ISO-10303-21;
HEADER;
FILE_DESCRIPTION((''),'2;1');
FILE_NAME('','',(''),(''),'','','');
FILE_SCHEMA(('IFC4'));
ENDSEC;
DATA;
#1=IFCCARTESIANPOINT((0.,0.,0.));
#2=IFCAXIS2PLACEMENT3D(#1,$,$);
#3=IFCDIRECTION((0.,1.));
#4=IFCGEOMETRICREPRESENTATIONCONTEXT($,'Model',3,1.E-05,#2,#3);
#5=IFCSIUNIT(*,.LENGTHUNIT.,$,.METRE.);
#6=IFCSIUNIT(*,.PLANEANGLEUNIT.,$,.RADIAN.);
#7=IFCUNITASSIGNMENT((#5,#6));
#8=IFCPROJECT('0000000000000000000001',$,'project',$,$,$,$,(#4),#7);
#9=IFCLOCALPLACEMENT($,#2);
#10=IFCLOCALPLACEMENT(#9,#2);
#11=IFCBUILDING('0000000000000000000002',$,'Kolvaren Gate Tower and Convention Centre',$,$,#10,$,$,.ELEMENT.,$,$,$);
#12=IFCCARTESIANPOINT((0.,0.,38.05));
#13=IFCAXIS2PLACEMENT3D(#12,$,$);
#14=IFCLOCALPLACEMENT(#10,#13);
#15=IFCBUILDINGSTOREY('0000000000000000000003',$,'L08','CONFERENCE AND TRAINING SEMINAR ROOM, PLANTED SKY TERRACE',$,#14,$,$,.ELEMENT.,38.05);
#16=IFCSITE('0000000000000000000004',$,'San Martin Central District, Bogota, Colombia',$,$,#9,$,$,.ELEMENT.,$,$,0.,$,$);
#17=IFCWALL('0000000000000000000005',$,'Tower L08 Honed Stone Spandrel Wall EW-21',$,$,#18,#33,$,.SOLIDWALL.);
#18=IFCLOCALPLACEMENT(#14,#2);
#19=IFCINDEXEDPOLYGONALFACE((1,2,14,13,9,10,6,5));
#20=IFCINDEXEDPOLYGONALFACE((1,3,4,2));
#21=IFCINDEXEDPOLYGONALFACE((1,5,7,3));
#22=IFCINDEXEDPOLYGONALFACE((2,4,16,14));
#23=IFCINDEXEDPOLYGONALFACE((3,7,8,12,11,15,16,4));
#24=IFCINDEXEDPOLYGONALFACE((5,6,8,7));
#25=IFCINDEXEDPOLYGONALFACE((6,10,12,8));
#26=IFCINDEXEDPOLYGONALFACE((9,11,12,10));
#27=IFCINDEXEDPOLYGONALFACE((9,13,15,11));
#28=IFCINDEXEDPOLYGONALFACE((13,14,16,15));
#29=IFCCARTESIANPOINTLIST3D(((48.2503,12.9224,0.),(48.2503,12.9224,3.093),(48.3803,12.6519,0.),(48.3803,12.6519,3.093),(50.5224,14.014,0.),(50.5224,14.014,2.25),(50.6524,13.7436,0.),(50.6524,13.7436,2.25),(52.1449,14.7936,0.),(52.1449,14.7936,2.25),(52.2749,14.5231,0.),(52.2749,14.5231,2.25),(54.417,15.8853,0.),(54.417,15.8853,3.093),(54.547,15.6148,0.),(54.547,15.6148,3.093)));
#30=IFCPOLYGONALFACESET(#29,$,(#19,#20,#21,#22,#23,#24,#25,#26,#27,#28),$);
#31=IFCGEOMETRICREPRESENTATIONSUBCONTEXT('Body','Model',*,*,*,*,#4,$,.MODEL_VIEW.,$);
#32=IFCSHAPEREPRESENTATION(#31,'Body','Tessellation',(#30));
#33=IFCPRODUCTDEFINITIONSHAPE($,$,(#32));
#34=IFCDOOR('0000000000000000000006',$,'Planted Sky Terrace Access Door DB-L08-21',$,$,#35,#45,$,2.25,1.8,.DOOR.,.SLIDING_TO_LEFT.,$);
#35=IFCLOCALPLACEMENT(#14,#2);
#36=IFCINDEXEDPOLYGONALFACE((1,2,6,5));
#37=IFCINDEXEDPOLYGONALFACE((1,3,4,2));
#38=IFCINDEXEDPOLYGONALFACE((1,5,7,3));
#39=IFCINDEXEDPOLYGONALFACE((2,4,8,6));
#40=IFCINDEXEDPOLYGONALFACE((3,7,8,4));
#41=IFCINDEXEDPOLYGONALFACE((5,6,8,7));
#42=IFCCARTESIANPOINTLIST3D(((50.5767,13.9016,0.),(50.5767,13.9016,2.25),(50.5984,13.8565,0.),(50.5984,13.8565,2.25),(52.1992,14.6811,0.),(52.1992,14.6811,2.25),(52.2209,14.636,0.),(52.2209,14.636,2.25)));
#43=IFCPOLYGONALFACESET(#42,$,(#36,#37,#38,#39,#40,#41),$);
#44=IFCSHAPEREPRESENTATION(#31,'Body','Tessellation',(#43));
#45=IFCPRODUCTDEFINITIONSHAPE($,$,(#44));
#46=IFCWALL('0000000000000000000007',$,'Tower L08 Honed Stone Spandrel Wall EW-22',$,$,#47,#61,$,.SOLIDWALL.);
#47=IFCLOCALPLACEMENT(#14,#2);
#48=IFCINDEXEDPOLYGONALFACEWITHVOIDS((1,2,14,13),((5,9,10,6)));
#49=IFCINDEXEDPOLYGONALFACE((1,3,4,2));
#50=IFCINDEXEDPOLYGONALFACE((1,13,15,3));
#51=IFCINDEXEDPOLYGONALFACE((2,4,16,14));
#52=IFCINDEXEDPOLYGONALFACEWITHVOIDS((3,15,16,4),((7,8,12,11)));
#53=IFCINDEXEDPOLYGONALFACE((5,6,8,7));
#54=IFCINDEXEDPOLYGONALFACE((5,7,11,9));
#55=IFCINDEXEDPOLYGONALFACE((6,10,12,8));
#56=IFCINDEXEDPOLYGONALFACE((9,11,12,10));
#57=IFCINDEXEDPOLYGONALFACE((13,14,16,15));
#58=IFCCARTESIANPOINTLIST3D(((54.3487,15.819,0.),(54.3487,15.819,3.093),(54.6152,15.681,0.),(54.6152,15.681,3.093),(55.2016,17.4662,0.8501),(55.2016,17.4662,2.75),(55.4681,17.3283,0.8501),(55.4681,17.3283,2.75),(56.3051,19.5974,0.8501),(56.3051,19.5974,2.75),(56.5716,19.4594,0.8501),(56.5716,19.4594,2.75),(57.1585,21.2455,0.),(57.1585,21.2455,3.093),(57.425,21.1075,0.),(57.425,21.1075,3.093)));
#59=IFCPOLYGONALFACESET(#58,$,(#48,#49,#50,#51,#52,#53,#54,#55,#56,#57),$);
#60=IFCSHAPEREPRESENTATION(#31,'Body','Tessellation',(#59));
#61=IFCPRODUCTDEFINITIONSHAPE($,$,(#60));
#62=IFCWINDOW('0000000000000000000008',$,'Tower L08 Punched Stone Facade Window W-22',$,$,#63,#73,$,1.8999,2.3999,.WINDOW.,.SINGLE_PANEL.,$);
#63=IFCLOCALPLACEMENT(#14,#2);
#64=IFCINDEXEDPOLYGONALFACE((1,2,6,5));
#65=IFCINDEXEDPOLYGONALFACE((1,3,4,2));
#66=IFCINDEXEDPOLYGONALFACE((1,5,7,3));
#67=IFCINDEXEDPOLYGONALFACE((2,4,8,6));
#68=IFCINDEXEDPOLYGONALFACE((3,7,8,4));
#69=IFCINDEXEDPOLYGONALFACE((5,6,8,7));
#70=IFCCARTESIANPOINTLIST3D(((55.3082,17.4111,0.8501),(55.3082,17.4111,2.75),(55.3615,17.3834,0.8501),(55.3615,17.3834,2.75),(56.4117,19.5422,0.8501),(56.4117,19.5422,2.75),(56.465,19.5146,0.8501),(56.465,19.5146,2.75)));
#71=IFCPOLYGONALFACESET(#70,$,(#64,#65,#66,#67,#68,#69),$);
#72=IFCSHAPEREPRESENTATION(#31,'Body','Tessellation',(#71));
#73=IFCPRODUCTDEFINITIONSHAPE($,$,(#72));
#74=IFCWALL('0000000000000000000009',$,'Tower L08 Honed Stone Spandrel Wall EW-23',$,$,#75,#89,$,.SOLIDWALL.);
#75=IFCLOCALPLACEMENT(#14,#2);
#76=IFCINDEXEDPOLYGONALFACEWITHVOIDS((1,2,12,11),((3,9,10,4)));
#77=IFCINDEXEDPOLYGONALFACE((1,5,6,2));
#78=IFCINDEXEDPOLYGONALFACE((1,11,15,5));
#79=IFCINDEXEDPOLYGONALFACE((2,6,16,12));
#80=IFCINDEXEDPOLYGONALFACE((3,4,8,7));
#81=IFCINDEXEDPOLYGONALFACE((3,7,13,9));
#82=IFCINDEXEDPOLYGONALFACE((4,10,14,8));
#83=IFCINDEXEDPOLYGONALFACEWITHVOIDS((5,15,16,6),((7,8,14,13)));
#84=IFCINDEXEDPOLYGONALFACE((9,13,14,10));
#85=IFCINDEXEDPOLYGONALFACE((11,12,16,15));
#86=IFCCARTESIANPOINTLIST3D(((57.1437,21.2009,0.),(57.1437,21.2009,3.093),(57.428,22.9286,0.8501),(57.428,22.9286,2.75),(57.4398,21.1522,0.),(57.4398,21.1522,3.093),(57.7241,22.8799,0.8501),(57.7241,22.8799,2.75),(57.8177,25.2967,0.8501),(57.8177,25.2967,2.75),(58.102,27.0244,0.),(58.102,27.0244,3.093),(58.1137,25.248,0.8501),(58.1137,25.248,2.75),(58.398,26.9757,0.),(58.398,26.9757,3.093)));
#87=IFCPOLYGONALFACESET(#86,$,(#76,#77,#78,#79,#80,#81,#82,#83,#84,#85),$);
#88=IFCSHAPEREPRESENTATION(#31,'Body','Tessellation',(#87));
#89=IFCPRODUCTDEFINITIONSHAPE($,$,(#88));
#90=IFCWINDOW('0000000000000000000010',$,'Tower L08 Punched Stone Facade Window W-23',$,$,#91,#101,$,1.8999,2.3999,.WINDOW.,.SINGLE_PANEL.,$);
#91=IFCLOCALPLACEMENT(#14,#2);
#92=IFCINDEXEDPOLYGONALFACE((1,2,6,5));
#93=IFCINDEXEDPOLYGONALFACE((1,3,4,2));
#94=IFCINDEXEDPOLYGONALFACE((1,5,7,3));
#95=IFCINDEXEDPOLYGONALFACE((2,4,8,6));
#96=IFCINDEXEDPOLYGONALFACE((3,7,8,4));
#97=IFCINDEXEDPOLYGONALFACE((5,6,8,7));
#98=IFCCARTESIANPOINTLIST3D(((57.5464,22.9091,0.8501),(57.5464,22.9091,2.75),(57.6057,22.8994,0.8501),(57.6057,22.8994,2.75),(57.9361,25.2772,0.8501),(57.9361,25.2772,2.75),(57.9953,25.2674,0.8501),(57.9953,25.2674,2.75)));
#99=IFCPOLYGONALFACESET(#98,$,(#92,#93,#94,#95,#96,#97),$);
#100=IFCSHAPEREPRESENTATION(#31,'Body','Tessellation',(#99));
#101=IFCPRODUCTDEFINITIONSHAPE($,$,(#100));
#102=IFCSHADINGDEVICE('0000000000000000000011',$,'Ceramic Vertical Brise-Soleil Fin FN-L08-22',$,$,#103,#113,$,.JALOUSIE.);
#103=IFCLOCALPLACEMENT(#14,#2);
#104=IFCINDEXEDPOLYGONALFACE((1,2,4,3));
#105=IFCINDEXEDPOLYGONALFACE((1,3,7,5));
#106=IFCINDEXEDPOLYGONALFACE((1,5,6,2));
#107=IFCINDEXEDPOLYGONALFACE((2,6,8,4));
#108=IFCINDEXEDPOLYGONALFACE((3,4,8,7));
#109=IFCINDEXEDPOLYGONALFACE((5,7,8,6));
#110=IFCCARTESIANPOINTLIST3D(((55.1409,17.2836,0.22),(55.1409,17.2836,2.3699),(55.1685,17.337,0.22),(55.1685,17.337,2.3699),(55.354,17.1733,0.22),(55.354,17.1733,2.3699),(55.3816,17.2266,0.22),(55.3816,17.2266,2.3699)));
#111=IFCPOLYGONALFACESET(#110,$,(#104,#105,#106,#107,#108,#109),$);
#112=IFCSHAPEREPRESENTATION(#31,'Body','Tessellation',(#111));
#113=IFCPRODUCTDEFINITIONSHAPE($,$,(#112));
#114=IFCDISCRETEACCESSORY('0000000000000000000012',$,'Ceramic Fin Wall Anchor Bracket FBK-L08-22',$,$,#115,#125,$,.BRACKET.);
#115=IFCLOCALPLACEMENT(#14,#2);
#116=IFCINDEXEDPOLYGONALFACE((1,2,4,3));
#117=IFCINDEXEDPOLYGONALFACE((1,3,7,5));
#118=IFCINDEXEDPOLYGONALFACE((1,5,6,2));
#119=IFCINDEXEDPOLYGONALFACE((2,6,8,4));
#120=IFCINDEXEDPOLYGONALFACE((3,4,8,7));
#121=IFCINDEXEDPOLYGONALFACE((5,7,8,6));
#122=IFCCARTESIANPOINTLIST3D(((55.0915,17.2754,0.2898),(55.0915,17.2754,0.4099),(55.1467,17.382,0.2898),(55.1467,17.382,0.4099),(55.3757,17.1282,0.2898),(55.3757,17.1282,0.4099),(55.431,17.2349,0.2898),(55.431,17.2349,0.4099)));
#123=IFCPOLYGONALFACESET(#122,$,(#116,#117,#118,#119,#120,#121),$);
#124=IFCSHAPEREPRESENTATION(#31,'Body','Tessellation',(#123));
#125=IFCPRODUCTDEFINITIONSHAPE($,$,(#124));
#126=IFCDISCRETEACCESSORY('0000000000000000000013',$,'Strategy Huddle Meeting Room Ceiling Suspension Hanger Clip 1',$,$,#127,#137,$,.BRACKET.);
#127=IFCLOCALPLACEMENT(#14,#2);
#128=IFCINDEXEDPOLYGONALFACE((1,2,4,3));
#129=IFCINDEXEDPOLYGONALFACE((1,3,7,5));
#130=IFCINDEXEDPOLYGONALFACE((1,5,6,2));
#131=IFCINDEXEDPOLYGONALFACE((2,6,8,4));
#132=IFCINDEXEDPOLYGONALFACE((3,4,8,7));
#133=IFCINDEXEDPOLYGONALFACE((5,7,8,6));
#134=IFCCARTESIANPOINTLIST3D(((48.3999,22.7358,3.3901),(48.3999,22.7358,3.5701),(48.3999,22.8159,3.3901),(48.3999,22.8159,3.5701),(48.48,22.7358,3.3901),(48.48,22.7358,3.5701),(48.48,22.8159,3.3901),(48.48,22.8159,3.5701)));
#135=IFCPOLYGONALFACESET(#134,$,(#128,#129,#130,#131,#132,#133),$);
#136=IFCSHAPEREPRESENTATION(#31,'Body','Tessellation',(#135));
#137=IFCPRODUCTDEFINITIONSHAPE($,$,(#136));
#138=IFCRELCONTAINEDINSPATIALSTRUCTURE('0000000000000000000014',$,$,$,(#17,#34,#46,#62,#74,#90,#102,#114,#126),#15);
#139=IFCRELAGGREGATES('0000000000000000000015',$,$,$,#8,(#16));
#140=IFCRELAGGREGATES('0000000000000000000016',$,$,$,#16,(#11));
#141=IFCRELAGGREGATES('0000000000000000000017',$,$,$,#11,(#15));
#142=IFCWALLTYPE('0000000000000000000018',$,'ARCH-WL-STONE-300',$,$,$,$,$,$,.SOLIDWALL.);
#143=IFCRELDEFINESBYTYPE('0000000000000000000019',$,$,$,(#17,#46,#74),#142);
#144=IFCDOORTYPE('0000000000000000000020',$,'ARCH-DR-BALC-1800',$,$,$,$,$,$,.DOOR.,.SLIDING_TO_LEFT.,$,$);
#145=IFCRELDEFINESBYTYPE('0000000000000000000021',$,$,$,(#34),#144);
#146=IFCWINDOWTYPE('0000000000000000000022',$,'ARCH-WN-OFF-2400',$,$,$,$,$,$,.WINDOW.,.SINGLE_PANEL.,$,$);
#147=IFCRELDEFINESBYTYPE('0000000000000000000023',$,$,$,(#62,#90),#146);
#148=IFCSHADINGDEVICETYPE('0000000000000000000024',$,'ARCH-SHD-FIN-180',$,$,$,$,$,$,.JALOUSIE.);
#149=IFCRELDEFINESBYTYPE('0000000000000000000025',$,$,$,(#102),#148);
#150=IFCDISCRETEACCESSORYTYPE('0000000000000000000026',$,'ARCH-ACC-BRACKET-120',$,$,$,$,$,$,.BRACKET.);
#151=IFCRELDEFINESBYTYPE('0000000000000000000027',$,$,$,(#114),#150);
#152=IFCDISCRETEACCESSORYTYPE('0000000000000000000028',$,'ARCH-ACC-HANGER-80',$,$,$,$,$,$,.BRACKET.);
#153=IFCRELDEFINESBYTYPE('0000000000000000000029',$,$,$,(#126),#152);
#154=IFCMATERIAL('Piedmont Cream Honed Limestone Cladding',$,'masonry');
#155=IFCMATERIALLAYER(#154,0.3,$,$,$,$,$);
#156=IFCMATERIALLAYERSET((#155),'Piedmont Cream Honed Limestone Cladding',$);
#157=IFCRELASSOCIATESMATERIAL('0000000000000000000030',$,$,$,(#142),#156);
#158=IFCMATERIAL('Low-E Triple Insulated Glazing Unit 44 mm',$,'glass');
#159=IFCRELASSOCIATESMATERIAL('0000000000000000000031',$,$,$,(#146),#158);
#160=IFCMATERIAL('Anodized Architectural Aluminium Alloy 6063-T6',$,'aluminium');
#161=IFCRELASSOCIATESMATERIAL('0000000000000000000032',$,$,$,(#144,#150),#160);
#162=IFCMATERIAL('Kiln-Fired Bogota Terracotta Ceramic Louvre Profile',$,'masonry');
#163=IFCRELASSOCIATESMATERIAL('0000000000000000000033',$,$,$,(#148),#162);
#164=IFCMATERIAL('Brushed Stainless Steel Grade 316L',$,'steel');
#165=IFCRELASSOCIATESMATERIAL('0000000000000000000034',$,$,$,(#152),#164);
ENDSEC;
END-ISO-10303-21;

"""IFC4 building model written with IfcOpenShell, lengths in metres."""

from ifc_helpers import new_model, si_unit, direction, frame, frame_2d, origin, origin_2d, place, context, subcontext, project, spatial, rectangle, extrude, material, layer, layer_set, type_object, element, fill, save


model = new_model("IFC4")

# Units and contexts
model_context = context("Model", 3, precision=1e-05, world=origin(), true_north=direction((0.0, 1.0)))
body_context = subcontext(model_context, "Body", "Model", "MODEL_VIEW")
ifc_project = project(units=[si_unit("LENGTHUNIT", "METRE"), si_unit("PLANEANGLEUNIT", "RADIAN")], contexts=[model_context])

# Site, building, storey
site_placement = place(None, origin())
site = spatial("IfcSite", under=ifc_project, at=site_placement, Name="San Martin Central District, Bogota, Colombia", CompositionType="ELEMENT", RefElevation=0.0)
building_placement = place(site_placement, origin())
building = spatial("IfcBuilding", under=site, at=building_placement, Name="Kolvaren Gate Tower and Convention Centre", CompositionType="ELEMENT")
storey_placement = place(building_placement, frame((0.0, 0.0, 38.05)))
storey = spatial("IfcBuildingStorey", under=building, at=storey_placement, Name="L08", Description="CONFERENCE AND TRAINING SEMINAR ROOM, PLANTED SKY TERRACE", CompositionType="ELEMENT", Elevation=38.05)

# Shared definitions
ifc_material_1 = material(Name="Piedmont Cream Honed Limestone Cladding", Category="masonry")

# Shared definitions
ifc_layer_1 = layer(ifc_material_1, 0.3)
ifc_layer_set_1 = layer_set([ifc_layer_1], Name="Piedmont Cream Honed Limestone Cladding")
wall_type_1 = type_object("IfcWallType", Name="ARCH-WL-STONE-300", PredefinedType="SOLIDWALL", material=ifc_layer_set_1)
ifc_material_2 = material(Name="Low-E Triple Insulated Glazing Unit 44 mm", Category="glass")
window_type = type_object("IfcWindowType", Name="ARCH-WN-OFF-2400", PartitioningType="SINGLE_PANEL", PredefinedType="WINDOW", material=ifc_material_2)

# Wall, opening, door
wall_1_placement = place(storey_placement, frame((48.3152, 12.7871, 0.0), z_axis=(0.0, 0.0, 1.0), x_axis=(0.90136, 0.43307, 0.0)))
wall_1 = element("IfcWall", 1, at=wall_1_placement, inside=storey, type_object=wall_type_1, Name="Tower L08 Honed Stone Spandrel Wall EW-21", PredefinedType="SOLIDWALL", context=body_context, shape_type="SweptSolid", body=[
    extrude(rectangle(XDim=6.8416, YDim=0.3, at=frame_2d((3.4209, 0.0))), origin(), (0.0, 0.0, 1.0), 3.093),
])
opening_1_placement = place(wall_1_placement, frame((2.521, 0.0, 0.0)))
opening_1 = element("IfcOpeningElement", 2, at=opening_1_placement, cuts=wall_1, PredefinedType="OPENING", context=body_context, shape_type="SweptSolid", body=[
    extrude(rectangle(XDim=1.8, YDim=2.25, at=frame_2d((0.8999, 1.125))), frame((0.0, 0.1599, 0.0), z_axis=(0.0, -1.0, 0.0), x_axis=(1.0, 0.0, 0.0)), (0.0, 0.0, 1.0), 0.3201),
])
ifc_material_3 = material(Name="Anodized Architectural Aluminium Alloy 6063-T6", Category="aluminium")
door_type_1 = type_object("IfcDoorType", Name="ARCH-DR-BALC-1800", OperationType="SLIDING_TO_LEFT", PredefinedType="DOOR", material=ifc_material_3)
door_1_placement = place(opening_1_placement, frame((1.8, 0.0, 0.0), z_axis=(0.0, 0.0, 1.0), x_axis=(-1.0, 0.0, 0.0)))
door_1 = element("IfcDoor", 3, at=door_1_placement, inside=storey, type_object=door_type_1, Name="Planted Sky Terrace Access Door DB-L08-21", OperationType="SLIDING_TO_LEFT", OverallHeight=2.25, OverallWidth=1.8, PredefinedType="DOOR", context=body_context, shape_type="SweptSolid", body=[
    extrude(rectangle(XDim=1.8, YDim=2.25, at=frame_2d((0.8999, 1.125))), frame((0.0, 0.0249, 0.0), z_axis=(0.0, -1.0, 0.0), x_axis=(1.0, 0.0, 0.0)), (0.0, 0.0, 1.0), 0.05),
])
fill(opening_1, door_1)

# Walls, openings, windows
wall_2_placement = place(storey_placement, frame((54.4819, 15.75, 0.0), z_axis=(0.0, 0.0, 1.0), x_axis=(0.45981, 0.888017, 0.0)))
wall_2 = element("IfcWall", 4, at=wall_2_placement, inside=storey, type_object=wall_type_1, Name="Tower L08 Honed Stone Spandrel Wall EW-22", PredefinedType="SOLIDWALL", context=body_context, shape_type="SweptSolid", body=[
    extrude(rectangle(XDim=6.1108, YDim=0.3, at=frame_2d((3.0554, 0.0))), origin(), (0.0, 0.0, 1.0), 3.093),
])
opening_2_placement = place(wall_2_placement, frame((1.855, 0.0, 0.8501)))
opening_2 = element("IfcOpeningElement", 5, at=opening_2_placement, cuts=wall_2, PredefinedType="OPENING", context=body_context, shape_type="SweptSolid", body=[
    extrude(rectangle(XDim=2.3999, YDim=1.8999, at=frame_2d((1.2, 0.95))), frame((0.0, 0.1599, 0.0), z_axis=(0.0, -1.0, 0.0), x_axis=(1.0, 0.0, 0.0)), (0.0, 0.0, 1.0), 0.3201),
])
window_1_placement = place(opening_2_placement, origin())
window_1 = element("IfcWindow", 6, at=window_1_placement, inside=storey, type_object=window_type, Name="Tower L08 Punched Stone Facade Window W-22", OverallHeight=1.8999, OverallWidth=2.3999, PartitioningType="SINGLE_PANEL", PredefinedType="WINDOW", context=body_context, shape_type="SweptSolid", body=[
    extrude(rectangle(XDim=2.3999, YDim=1.8999, at=frame_2d((1.2, 0.95))), frame((0.0, 0.03, 0.0), z_axis=(0.0, -1.0, 0.0), x_axis=(1.0, 0.0, 0.0)), (0.0, 0.0, 1.0), 0.0601),
])
fill(opening_2, window_1)
wall_3_placement = place(storey_placement, frame((57.2917, 21.1765, 0.0), z_axis=(0.0, 0.0, 1.0), x_axis=(0.162366, 0.986731, 0.0)))
wall_3 = element("IfcWall", 7, at=wall_3_placement, inside=storey, type_object=wall_type_1, Name="Tower L08 Honed Stone Spandrel Wall EW-23", PredefinedType="SOLIDWALL", context=body_context, shape_type="SweptSolid", body=[
    extrude(rectangle(XDim=5.9019, YDim=0.3, at=frame_2d((2.9509, 0.0))), origin(), (0.0, 0.0, 1.0), 3.093),
])
opening_3_placement = place(wall_3_placement, frame((1.751, 0.0, 0.8501)))
opening_3 = element("IfcOpeningElement", 8, at=opening_3_placement, cuts=wall_3, PredefinedType="OPENING", context=body_context, shape_type="SweptSolid", body=[
    extrude(rectangle(XDim=2.3999, YDim=1.8999, at=frame_2d((1.2, 0.95))), frame((0.0, 0.1599, 0.0), z_axis=(0.0, -1.0, 0.0), x_axis=(1.0, 0.0, 0.0)), (0.0, 0.0, 1.0), 0.3201),
])
window_2_placement = place(opening_3_placement, origin())
window_2 = element("IfcWindow", 9, at=window_2_placement, inside=storey, type_object=window_type, Name="Tower L08 Punched Stone Facade Window W-23", OverallHeight=1.8999, OverallWidth=2.3999, PartitioningType="SINGLE_PANEL", PredefinedType="WINDOW", context=body_context, shape_type="SweptSolid", body=[
    extrude(rectangle(XDim=2.3999, YDim=1.8999, at=frame_2d((1.2, 0.95))), frame((0.0, 0.03, 0.0), z_axis=(0.0, -1.0, 0.0), x_axis=(1.0, 0.0, 0.0)), (0.0, 0.0, 1.0), 0.0601),
])
fill(opening_3, window_2)

# Shared definitions
ifc_material_4 = material(Name="Brushed Stainless Steel Grade 316L", Category="steel")

# Shading device
ifc_material_5 = material(Name="Kiln-Fired Bogota Terracotta Ceramic Louvre Profile", Category="masonry")
shading_device_type = type_object("IfcShadingDeviceType", Name="ARCH-SHD-FIN-180", PredefinedType="JALOUSIE", material=ifc_material_5)
shading_device_placement = place(storey_placement, frame((55.2612, 17.2551, 0.22), z_axis=(0.0, 0.0, 1.0), x_axis=(0.459789, 0.888028, 0.0)))
element("IfcShadingDevice", 10, at=shading_device_placement, inside=storey, type_object=shading_device_type, Name="Ceramic Vertical Brise-Soleil Fin FN-L08-22", PredefinedType="JALOUSIE", context=body_context, shape_type="SweptSolid", body=[
    extrude(rectangle(XDim=0.0601, YDim=0.24, at=origin_2d()), origin(), (0.0, 0.0, 1.0), 2.1499),
])

# Discrete accessories
discrete_accessory_type_1 = type_object("IfcDiscreteAccessoryType", Name="ARCH-ACC-BRACKET-120", PredefinedType="BRACKET", material=ifc_material_3)
discrete_accessory_1_placement = place(storey_placement, frame((55.2612, 17.2551, 0.2898), z_axis=(0.0, 0.0, 1.0), x_axis=(0.459789, 0.888028, 0.0)))
element("IfcDiscreteAccessory", 11, at=discrete_accessory_1_placement, inside=storey, type_object=discrete_accessory_type_1, Name="Ceramic Fin Wall Anchor Bracket FBK-L08-22", PredefinedType="BRACKET", context=body_context, shape_type="SweptSolid", body=[
    extrude(rectangle(XDim=0.1201, YDim=0.3201, at=origin_2d()), origin(), (0.0, 0.0, 1.0), 0.1201),
])
discrete_accessory_type_2 = type_object("IfcDiscreteAccessoryType", Name="ARCH-ACC-HANGER-80", PredefinedType="BRACKET", material=ifc_material_4)
discrete_accessory_2_placement = place(storey_placement, frame((48.4399, 22.7759, 3.3901), z_axis=(0.0, 0.0, 1.0), x_axis=(1.0, 0.0, 0.0)))
element("IfcDiscreteAccessory", 12, at=discrete_accessory_2_placement, inside=storey, type_object=discrete_accessory_type_2, Name="Strategy Huddle Meeting Room Ceiling Suspension Hanger Clip 1", PredefinedType="BRACKET", context=body_context, shape_type="SweptSolid", body=[
    extrude(rectangle(XDim=0.0801, YDim=0.0801, at=origin_2d()), origin(), (0.0, 0.0, 1.0), 0.1799),
])

save(model, "model.ifc")
